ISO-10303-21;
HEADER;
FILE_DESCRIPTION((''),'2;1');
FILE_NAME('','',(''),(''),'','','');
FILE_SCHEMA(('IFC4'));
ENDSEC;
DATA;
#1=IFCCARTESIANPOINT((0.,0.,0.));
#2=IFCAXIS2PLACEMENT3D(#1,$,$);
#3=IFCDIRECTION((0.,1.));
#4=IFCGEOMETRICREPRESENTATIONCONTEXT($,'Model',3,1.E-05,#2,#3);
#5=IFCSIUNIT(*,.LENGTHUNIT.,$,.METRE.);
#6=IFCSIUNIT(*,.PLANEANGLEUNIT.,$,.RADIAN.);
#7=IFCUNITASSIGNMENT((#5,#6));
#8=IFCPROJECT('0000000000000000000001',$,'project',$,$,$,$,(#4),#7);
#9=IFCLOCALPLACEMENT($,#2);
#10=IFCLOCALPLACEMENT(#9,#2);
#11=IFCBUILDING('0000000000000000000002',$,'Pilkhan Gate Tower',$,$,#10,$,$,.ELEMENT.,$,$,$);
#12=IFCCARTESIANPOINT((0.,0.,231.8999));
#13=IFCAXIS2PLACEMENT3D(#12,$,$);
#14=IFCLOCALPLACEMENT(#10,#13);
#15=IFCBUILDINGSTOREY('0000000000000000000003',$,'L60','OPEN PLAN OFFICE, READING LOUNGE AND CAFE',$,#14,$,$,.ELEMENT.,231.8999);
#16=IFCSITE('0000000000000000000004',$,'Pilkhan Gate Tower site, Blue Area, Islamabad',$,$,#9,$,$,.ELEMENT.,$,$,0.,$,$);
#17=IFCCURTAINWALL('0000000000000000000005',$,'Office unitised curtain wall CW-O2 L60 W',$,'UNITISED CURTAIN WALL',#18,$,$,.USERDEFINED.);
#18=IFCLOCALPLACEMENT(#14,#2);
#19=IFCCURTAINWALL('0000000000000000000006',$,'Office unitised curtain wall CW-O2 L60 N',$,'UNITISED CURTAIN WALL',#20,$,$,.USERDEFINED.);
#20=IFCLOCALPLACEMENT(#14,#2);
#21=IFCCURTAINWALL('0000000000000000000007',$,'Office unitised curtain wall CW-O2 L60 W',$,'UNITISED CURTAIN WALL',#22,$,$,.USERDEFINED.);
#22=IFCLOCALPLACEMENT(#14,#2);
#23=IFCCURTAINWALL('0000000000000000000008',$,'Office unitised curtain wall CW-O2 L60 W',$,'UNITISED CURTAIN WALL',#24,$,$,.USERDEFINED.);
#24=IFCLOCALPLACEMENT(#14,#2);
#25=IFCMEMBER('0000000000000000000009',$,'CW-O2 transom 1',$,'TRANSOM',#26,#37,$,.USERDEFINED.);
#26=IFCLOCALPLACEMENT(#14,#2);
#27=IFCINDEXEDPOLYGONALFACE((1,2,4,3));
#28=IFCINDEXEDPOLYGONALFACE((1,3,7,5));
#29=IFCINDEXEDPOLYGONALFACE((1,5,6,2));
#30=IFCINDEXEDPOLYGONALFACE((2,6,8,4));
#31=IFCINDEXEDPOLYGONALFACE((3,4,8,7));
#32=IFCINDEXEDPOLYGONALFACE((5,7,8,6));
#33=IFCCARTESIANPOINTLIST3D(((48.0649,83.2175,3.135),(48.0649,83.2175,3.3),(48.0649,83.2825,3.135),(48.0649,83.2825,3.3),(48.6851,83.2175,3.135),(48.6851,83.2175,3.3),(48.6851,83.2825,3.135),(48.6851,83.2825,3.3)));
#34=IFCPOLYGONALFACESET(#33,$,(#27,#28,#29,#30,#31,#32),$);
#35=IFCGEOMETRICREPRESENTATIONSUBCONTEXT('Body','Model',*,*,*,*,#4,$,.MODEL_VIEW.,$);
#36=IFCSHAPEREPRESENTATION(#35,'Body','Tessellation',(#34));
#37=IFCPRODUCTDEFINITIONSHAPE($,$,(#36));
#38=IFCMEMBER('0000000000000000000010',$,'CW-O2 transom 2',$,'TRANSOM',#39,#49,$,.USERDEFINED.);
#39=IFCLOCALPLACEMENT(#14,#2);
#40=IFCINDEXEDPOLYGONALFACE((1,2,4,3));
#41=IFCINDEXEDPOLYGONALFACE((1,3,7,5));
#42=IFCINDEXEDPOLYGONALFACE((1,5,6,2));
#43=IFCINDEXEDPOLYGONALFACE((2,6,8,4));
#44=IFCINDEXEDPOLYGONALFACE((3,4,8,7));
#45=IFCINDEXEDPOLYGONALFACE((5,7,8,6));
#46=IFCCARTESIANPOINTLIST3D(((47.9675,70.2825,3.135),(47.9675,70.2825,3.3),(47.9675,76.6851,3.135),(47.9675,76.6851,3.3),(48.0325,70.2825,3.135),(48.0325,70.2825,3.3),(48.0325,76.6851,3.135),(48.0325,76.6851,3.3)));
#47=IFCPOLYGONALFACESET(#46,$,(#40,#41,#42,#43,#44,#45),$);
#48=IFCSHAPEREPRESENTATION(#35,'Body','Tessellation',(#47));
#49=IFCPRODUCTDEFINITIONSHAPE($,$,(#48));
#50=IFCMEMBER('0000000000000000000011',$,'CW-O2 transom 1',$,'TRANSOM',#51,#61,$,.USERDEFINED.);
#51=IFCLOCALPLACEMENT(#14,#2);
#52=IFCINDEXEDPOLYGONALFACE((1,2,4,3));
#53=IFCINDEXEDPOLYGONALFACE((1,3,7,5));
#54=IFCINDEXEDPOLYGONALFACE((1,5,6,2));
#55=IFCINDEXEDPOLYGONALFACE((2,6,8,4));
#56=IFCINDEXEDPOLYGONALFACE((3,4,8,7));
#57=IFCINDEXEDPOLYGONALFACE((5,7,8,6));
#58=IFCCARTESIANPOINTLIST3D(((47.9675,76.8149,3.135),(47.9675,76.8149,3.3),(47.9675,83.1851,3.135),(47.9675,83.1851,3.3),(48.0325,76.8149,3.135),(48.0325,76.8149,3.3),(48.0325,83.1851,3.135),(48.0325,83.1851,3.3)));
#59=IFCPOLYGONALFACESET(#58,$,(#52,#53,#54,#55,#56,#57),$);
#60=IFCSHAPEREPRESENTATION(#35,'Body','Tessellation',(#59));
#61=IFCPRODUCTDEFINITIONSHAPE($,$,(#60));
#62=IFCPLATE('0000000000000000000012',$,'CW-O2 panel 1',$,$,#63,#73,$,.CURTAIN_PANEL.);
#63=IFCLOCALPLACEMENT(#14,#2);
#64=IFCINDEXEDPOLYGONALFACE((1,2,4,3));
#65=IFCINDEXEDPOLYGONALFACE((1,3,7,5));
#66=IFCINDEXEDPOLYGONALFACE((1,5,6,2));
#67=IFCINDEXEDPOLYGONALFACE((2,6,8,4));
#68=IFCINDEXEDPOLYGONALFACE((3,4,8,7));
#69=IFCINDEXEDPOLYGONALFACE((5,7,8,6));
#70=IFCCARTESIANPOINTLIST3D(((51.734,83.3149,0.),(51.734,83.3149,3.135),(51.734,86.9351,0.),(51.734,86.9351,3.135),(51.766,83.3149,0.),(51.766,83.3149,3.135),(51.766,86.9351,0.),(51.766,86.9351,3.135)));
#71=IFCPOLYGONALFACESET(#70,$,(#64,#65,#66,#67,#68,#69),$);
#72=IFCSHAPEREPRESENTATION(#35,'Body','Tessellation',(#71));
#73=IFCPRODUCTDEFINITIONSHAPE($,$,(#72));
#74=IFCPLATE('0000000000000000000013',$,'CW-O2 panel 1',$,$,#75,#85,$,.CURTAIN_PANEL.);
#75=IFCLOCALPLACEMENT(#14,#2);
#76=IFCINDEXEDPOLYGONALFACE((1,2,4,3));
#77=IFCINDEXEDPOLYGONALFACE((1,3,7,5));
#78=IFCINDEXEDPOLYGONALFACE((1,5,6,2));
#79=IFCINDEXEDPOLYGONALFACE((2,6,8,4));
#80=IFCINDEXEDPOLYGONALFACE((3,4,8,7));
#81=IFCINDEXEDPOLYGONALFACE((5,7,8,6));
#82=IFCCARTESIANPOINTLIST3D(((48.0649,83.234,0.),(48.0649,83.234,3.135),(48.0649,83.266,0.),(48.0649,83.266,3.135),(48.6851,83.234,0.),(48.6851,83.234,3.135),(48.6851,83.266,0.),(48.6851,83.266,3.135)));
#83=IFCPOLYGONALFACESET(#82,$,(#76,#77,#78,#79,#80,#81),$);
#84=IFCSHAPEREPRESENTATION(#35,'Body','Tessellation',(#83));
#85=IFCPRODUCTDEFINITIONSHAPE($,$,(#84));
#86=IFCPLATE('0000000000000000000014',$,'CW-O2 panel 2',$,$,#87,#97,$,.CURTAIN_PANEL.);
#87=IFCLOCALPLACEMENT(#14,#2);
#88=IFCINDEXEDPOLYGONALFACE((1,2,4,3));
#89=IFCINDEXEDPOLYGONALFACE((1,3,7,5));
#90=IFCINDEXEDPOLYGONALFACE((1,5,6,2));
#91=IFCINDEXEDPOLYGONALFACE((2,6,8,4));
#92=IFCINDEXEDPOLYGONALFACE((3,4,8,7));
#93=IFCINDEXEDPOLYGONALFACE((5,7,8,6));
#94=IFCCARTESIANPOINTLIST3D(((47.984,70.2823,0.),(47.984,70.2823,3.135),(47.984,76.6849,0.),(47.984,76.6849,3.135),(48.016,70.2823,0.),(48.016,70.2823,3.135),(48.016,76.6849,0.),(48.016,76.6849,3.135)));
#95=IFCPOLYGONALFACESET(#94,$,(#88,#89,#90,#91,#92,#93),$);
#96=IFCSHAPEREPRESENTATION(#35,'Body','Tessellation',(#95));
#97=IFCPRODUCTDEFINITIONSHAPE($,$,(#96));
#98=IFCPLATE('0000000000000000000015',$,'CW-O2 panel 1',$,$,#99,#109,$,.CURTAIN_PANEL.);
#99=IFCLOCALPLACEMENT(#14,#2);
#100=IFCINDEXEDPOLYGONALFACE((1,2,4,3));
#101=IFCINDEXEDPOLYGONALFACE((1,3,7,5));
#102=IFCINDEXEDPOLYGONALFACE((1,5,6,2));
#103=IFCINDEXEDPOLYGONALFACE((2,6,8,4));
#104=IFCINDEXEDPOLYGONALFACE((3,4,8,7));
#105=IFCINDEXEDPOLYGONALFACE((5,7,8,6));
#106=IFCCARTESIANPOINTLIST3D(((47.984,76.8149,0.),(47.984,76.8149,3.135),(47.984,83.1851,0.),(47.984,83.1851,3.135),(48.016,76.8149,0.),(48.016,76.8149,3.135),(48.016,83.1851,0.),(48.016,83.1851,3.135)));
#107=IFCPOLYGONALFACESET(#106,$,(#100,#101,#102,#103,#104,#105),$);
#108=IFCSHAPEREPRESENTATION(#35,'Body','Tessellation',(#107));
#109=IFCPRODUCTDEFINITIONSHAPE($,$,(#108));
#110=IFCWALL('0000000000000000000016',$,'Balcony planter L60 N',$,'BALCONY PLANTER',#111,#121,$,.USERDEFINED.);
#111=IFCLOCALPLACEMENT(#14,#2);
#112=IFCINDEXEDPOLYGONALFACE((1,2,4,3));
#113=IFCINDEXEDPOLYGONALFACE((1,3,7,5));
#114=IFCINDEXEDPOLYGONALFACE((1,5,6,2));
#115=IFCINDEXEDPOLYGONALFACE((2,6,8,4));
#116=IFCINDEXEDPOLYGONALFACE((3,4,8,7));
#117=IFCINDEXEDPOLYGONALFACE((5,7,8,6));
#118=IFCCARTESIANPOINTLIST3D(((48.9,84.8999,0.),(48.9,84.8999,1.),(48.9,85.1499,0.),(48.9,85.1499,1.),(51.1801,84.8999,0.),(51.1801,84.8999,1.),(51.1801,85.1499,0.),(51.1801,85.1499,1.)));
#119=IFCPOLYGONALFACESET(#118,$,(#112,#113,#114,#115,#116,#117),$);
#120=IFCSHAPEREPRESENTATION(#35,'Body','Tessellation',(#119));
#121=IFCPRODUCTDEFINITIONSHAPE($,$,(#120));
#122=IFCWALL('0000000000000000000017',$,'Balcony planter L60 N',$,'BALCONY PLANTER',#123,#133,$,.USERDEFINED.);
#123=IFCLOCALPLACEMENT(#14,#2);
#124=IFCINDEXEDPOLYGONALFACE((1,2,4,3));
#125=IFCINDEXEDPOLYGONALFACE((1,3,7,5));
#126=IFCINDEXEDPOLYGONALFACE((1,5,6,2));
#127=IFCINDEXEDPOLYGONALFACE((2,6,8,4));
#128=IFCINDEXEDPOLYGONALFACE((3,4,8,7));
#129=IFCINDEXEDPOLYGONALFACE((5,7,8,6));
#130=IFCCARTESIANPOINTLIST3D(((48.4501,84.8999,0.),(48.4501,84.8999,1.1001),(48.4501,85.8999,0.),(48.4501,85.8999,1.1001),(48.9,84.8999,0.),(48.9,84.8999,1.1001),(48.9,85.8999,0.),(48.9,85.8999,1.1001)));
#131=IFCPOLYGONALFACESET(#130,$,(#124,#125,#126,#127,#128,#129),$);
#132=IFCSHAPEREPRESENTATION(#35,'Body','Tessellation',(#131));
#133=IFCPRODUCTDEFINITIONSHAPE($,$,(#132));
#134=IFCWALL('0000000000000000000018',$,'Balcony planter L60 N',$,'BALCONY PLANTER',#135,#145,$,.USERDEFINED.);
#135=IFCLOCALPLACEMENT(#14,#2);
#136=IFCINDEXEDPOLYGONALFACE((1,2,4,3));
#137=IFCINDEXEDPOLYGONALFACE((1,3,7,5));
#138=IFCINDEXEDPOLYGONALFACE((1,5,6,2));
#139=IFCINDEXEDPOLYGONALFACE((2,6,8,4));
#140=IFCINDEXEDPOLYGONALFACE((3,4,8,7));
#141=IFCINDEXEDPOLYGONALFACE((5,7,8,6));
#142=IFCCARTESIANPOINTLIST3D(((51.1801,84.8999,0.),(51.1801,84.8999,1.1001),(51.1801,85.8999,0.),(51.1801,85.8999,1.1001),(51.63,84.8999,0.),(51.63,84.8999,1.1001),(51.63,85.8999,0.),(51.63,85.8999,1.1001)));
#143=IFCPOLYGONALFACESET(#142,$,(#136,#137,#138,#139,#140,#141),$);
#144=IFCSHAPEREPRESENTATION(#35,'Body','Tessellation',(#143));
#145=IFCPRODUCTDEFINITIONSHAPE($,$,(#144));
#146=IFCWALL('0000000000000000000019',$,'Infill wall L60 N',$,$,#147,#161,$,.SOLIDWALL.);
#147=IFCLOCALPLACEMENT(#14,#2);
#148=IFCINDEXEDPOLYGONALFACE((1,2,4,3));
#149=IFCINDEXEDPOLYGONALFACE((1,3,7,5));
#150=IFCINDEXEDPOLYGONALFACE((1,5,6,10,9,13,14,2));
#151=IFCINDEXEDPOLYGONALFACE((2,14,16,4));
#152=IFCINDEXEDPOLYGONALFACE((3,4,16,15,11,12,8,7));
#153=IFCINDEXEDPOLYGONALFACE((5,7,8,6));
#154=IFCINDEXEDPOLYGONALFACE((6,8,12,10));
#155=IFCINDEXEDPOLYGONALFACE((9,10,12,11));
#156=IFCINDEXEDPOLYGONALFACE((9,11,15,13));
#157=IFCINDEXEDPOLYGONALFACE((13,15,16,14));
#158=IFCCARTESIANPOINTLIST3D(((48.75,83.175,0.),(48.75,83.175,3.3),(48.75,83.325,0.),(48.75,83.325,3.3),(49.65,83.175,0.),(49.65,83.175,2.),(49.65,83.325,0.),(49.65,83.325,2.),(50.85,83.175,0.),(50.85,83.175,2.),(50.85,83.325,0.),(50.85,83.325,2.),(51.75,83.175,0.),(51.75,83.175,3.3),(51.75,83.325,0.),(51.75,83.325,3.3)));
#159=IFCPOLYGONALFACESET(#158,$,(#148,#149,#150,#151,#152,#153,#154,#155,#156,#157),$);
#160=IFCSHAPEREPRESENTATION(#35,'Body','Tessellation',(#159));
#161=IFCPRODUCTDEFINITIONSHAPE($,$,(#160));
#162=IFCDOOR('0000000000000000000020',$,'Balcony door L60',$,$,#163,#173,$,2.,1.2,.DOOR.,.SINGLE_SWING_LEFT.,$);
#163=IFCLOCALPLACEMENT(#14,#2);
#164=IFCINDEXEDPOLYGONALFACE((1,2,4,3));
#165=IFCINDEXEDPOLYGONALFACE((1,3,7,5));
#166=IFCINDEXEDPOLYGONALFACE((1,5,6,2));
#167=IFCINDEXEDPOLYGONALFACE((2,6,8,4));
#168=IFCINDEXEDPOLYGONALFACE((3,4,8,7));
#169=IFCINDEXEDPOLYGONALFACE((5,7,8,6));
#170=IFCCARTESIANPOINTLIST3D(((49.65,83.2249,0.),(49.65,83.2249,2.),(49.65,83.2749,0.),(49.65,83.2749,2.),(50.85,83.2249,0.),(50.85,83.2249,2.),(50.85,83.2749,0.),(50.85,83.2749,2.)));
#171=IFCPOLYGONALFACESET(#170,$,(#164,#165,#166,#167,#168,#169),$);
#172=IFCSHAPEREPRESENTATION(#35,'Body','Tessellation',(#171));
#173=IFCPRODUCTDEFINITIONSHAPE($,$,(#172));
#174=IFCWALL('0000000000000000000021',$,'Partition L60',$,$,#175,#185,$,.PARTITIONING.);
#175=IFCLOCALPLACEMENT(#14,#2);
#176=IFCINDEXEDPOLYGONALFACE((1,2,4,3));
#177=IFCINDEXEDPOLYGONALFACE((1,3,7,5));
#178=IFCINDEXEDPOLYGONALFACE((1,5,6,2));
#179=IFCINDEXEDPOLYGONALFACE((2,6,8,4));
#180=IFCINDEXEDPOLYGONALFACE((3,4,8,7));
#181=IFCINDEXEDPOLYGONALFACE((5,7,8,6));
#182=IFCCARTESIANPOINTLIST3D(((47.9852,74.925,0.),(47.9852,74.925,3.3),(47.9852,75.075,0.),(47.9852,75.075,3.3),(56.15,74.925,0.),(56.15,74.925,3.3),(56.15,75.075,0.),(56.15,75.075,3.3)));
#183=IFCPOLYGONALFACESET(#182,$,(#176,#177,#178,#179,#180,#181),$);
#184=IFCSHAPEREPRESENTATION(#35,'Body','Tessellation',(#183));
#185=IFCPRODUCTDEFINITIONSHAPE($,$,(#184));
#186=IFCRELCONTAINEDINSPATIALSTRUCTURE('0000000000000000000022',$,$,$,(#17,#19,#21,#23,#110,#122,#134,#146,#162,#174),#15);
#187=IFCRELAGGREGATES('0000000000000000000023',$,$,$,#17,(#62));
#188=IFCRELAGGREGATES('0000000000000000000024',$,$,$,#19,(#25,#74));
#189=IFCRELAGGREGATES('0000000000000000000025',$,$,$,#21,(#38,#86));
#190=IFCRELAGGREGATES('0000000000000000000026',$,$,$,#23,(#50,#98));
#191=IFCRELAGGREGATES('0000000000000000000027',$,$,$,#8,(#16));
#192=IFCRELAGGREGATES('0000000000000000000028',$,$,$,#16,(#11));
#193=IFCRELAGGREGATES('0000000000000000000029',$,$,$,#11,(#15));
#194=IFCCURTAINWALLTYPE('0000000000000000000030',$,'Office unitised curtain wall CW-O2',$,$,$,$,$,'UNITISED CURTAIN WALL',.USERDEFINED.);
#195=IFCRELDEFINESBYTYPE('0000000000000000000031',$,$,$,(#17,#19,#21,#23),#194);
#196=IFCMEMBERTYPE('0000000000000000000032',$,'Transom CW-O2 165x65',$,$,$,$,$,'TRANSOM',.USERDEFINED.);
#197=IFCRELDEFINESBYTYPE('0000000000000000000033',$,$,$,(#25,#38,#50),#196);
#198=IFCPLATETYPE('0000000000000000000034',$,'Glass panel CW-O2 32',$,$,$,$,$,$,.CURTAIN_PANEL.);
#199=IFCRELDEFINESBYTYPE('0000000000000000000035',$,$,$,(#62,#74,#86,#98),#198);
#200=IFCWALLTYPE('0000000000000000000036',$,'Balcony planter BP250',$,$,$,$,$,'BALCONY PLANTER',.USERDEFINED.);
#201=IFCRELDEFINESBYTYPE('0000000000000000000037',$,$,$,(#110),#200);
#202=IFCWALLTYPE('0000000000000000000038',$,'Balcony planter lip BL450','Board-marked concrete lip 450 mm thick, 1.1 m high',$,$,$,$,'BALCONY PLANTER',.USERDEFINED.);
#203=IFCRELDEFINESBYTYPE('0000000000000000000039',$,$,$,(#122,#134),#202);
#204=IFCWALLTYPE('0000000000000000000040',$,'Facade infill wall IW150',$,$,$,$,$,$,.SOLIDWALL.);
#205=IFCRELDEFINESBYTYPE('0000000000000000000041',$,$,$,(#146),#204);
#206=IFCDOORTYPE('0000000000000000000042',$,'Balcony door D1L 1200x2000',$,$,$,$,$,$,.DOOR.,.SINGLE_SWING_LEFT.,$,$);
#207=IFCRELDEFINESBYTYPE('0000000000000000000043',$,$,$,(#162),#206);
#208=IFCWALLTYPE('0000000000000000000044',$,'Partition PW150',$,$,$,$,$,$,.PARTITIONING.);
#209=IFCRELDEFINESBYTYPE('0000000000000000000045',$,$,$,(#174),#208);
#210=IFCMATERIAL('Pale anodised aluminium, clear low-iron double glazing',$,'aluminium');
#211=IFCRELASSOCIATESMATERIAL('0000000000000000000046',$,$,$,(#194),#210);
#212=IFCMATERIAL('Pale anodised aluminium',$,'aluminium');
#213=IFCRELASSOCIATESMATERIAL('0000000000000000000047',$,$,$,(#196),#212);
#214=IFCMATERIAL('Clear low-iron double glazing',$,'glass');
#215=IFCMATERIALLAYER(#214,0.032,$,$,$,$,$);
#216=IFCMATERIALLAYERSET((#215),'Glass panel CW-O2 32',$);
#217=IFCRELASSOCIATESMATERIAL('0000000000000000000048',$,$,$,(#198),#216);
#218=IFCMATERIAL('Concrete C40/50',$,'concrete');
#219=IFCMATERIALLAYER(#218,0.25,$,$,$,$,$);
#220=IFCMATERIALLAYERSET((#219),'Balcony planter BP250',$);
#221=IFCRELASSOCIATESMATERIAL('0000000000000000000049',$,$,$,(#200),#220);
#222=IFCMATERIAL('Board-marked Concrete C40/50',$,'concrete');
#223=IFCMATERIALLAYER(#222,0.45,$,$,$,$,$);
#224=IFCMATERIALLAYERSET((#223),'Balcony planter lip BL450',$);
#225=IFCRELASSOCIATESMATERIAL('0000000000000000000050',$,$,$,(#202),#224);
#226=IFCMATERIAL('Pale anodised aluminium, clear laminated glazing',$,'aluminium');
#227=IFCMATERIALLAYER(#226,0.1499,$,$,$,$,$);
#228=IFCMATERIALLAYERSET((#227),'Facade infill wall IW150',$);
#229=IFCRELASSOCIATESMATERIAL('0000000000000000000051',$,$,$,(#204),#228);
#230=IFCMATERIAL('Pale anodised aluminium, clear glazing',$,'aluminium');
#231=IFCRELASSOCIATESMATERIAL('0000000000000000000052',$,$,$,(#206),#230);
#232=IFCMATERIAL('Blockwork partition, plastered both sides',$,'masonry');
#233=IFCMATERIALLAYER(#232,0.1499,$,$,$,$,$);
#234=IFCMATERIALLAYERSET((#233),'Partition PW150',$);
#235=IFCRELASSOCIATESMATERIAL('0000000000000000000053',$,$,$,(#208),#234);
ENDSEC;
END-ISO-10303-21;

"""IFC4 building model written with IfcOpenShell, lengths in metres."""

from ifc_helpers import new_model, si_unit, direction, frame, frame_2d, origin, origin_2d, place, context, subcontext, project, spatial, rectangle, extrude, material, layer, layer_set, material_profile, profile_set, type_object, element, fill, aggregate, save


model = new_model("IFC4")

# Units and contexts
model_context = context("Model", 3, precision=1e-05, world=origin(), true_north=direction((0.0, 1.0)))
body_context = subcontext(model_context, "Body", "Model", "MODEL_VIEW")
ifc_project = project(units=[si_unit("LENGTHUNIT", "METRE"), si_unit("PLANEANGLEUNIT", "RADIAN")], contexts=[model_context])

# Site, building, storey
site_placement = place(None, origin())
site = spatial("IfcSite", under=ifc_project, at=site_placement, Name="Pilkhan Gate Tower site, Blue Area, Islamabad", CompositionType="ELEMENT", RefElevation=0.0)
building_placement = place(site_placement, origin())
building = spatial("IfcBuilding", under=site, at=building_placement, Name="Pilkhan Gate Tower", CompositionType="ELEMENT")
storey_placement = place(building_placement, frame((0.0, 0.0, 231.8999)))
storey = spatial("IfcBuildingStorey", under=building, at=storey_placement, Name="L60", Description="OPEN PLAN OFFICE, READING LOUNGE AND CAFE", CompositionType="ELEMENT", Elevation=231.8999)

# Curtain wall
ifc_material_1 = material(Name="Pale anodised aluminium, clear low-iron double glazing", Category="aluminium")
curtain_wall_type = type_object("IfcCurtainWallType", Name="Office unitised curtain wall CW-O2", ElementType="UNITISED CURTAIN WALL", PredefinedType="USERDEFINED", material=ifc_material_1)
curtain_wall_1_placement = place(storey_placement, origin())
curtain_wall_1 = element("IfcCurtainWall", 1, at=curtain_wall_1_placement, inside=storey, type_object=curtain_wall_type, Name="Office unitised curtain wall CW-O2 L60 W", ObjectType="UNITISED CURTAIN WALL", PredefinedType="USERDEFINED")
ifc_material_2 = material(Name="Pale anodised aluminium", Category="aluminium")

# Curtain walls
curtain_wall_2_placement = place(storey_placement, origin())
curtain_wall_2 = element("IfcCurtainWall", 2, at=curtain_wall_2_placement, inside=storey, type_object=curtain_wall_type, Name="Office unitised curtain wall CW-O2 L60 N", ObjectType="UNITISED CURTAIN WALL", PredefinedType="USERDEFINED")
curtain_wall_3_placement = place(storey_placement, origin())
curtain_wall_3 = element("IfcCurtainWall", 3, at=curtain_wall_3_placement, inside=storey, type_object=curtain_wall_type, Name="Office unitised curtain wall CW-O2 L60 W", ObjectType="UNITISED CURTAIN WALL", PredefinedType="USERDEFINED")
curtain_wall_4_placement = place(storey_placement, origin())
curtain_wall_4 = element("IfcCurtainWall", 4, at=curtain_wall_4_placement, inside=storey, type_object=curtain_wall_type, Name="Office unitised curtain wall CW-O2 L60 W", ObjectType="UNITISED CURTAIN WALL", PredefinedType="USERDEFINED")

# Members
ifc_material_profile_1 = material_profile(ifc_material_2, rectangle(XDim=0.0649, YDim=0.165, at=origin_2d()), Name="Transom 165x65")
ifc_profile_set_1 = profile_set([ifc_material_profile_1], Name="Pale anodised aluminium")
member_type_1 = type_object("IfcMemberType", Name="Transom CW-O2 165x65", ElementType="TRANSOM", PredefinedType="USERDEFINED", material=ifc_profile_set_1)
member_1_placement = place(storey_placement, frame((48.0649, 83.25, 3.2175), z_axis=(1.0, 0.0, 0.0), x_axis=(0.0, 1.0, 0.0)))
member_1 = element("IfcMember", 5, at=member_1_placement, type_object=member_type_1, Name="CW-O2 transom 1", ObjectType="TRANSOM", PredefinedType="USERDEFINED", context=body_context, shape_type="SweptSolid", body=[
    extrude(rectangle(XDim=0.0649, YDim=0.165, at=origin_2d()), origin(), (0.0, 0.0, 1.0), 0.6201),
])
member_2_placement = place(storey_placement, frame((48.0, 70.2825, 3.2175), z_axis=(0.0, 1.0, 0.0), x_axis=(-1.0, 0.0, 0.0)))
member_2 = element("IfcMember", 6, at=member_2_placement, type_object=member_type_1, Name="CW-O2 transom 2", ObjectType="TRANSOM", PredefinedType="USERDEFINED", context=body_context, shape_type="SweptSolid", body=[
    extrude(rectangle(XDim=0.0649, YDim=0.165, at=origin_2d()), origin(), (0.0, 0.0, 1.0), 6.4026),
])
member_3_placement = place(storey_placement, frame((48.0, 76.8149, 3.2175), z_axis=(0.0, 1.0, 0.0), x_axis=(-1.0, 0.0, 0.0)))
member_3 = element("IfcMember", 7, at=member_3_placement, type_object=member_type_1, Name="CW-O2 transom 1", ObjectType="TRANSOM", PredefinedType="USERDEFINED", context=body_context, shape_type="SweptSolid", body=[
    extrude(rectangle(XDim=0.0649, YDim=0.165, at=origin_2d()), origin(), (0.0, 0.0, 1.0), 6.3701),
])

# Plates
ifc_material_3 = material(Name="Clear low-iron double glazing", Category="glass")
ifc_layer_1 = layer(ifc_material_3, 0.032)
ifc_layer_set_1 = layer_set([ifc_layer_1], Name="Glass panel CW-O2 32")
plate_type = type_object("IfcPlateType", Name="Glass panel CW-O2 32", PredefinedType="CURTAIN_PANEL", material=ifc_layer_set_1)
plate_1_placement = place(storey_placement, frame((51.75, 85.125, 0.0), z_axis=(0.0, 0.0, 1.0), x_axis=(0.0, 1.0, 0.0)))
plate_1 = element("IfcPlate", 8, at=plate_1_placement, type_object=plate_type, Name="CW-O2 panel 1", PredefinedType="CURTAIN_PANEL", context=body_context, shape_type="SweptSolid", body=[
    extrude(rectangle(XDim=3.6201, YDim=0.032, at=origin_2d()), origin(), (0.0, 0.0, 1.0), 3.135),
])
aggregate(curtain_wall_1, [plate_1])
plate_2_placement = place(storey_placement, frame((48.375, 83.25, 0.0), z_axis=(0.0, 0.0, 1.0), x_axis=(1.0, 0.0, 0.0)))
plate_2 = element("IfcPlate", 9, at=plate_2_placement, type_object=plate_type, Name="CW-O2 panel 1", PredefinedType="CURTAIN_PANEL", context=body_context, shape_type="SweptSolid", body=[
    extrude(rectangle(XDim=0.6201, YDim=0.032, at=origin_2d()), origin(), (0.0, 0.0, 1.0), 3.135),
])
aggregate(curtain_wall_2, [member_1, plate_2])
plate_3_placement = place(storey_placement, frame((48.0, 73.4836, 0.0), z_axis=(0.0, 0.0, 1.0), x_axis=(0.0, 1.0, 0.0)))
plate_3 = element("IfcPlate", 10, at=plate_3_placement, type_object=plate_type, Name="CW-O2 panel 2", PredefinedType="CURTAIN_PANEL", context=body_context, shape_type="SweptSolid", body=[
    extrude(rectangle(XDim=6.4026, YDim=0.032, at=origin_2d()), origin(), (0.0, 0.0, 1.0), 3.135),
])
aggregate(curtain_wall_3, [member_2, plate_3])
plate_4_placement = place(storey_placement, frame((48.0, 80.0, 0.0), z_axis=(0.0, 0.0, 1.0), x_axis=(0.0, 1.0, 0.0)))
plate_4 = element("IfcPlate", 11, at=plate_4_placement, type_object=plate_type, Name="CW-O2 panel 1", PredefinedType="CURTAIN_PANEL", context=body_context, shape_type="SweptSolid", body=[
    extrude(rectangle(XDim=6.3701, YDim=0.032, at=origin_2d()), origin(), (0.0, 0.0, 1.0), 3.135),
])
aggregate(curtain_wall_4, [member_3, plate_4])

# Walls
ifc_material_4 = material(Name="Concrete C40/50", Category="concrete")
ifc_layer_2 = layer(ifc_material_4, 0.25)
ifc_layer_set_2 = layer_set([ifc_layer_2], Name="Balcony planter BP250")
wall_type_1 = type_object("IfcWallType", Name="Balcony planter BP250", ElementType="BALCONY PLANTER", PredefinedType="USERDEFINED", material=ifc_layer_set_2)
wall_1_placement = place(storey_placement, frame((48.8999, 85.0249, 0.0), z_axis=(0.0, 0.0, 1.0), x_axis=(1.0, 0.0, 0.0)))
element("IfcWall", 12, at=wall_1_placement, inside=storey, type_object=wall_type_1, Name="Balcony planter L60 N", ObjectType="BALCONY PLANTER", PredefinedType="USERDEFINED", context=body_context, shape_type="SweptSolid", body=[
    extrude(rectangle(XDim=2.28, YDim=0.25, at=frame_2d((1.1401, 0.0))), origin(), (0.0, 0.0, 1.0), 1.0),
])
ifc_material_5 = material(Name="Board-marked Concrete C40/50", Category="concrete")
ifc_layer_3 = layer(ifc_material_5, 0.45)
ifc_layer_set_3 = layer_set([ifc_layer_3], Name="Balcony planter lip BL450")
wall_type_2 = type_object("IfcWallType", Name="Balcony planter lip BL450", Description="Board-marked concrete lip 450 mm thick, 1.1 m high", ElementType="BALCONY PLANTER", PredefinedType="USERDEFINED", material=ifc_layer_set_3)
for number, where, z_axis, x_axis, name in (
    (13, (48.675, 84.8999, 0.0), (0.0, 0.0, 1.0), (0.0, 1.0, 0.0), "Balcony planter L60 N"),
    (14, (51.405, 84.8999, 0.0), (0.0, 0.0, 1.0), (0.0, 1.0, 0.0), "Balcony planter L60 N"),
):
    element("IfcWall", number, at=place(storey_placement, frame(where, z_axis=z_axis, x_axis=x_axis)), inside=storey, type_object=wall_type_2, Name=name, ObjectType="BALCONY PLANTER", PredefinedType="USERDEFINED", context=body_context, shape_type="SweptSolid", body=[
        extrude(rectangle(XDim=1.0, YDim=0.45, at=frame_2d((0.5, 0.0))), origin(), (0.0, 0.0, 1.0), 1.1001),
    ])

# Wall, opening, door
ifc_material_6 = material(Name="Pale anodised aluminium, clear laminated glazing", Category="aluminium")
ifc_layer_4 = layer(ifc_material_6, 0.1499)
ifc_layer_set_4 = layer_set([ifc_layer_4], Name="Facade infill wall IW150")
wall_type_3 = type_object("IfcWallType", Name="Facade infill wall IW150", PredefinedType="SOLIDWALL", material=ifc_layer_set_4)
wall_2_placement = place(storey_placement, frame((48.75, 83.25, 0.0), z_axis=(0.0, 0.0, 1.0), x_axis=(1.0, 0.0, 0.0)))
wall_2 = element("IfcWall", 15, at=wall_2_placement, inside=storey, type_object=wall_type_3, Name="Infill wall L60 N", PredefinedType="SOLIDWALL", context=body_context, shape_type="SweptSolid", body=[
    extrude(rectangle(XDim=3.0, YDim=0.1499, at=frame_2d((1.5, 0.0))), origin(), (0.0, 0.0, 1.0), 3.3),
])
opening_placement = place(wall_2_placement, frame((0.8999, 0.0, 0.0)))
opening = element("IfcOpeningElement", 16, at=opening_placement, cuts=wall_2, PredefinedType="OPENING", context=body_context, shape_type="SweptSolid", body=[
    extrude(rectangle(XDim=1.2, YDim=2.0, at=frame_2d((0.6001, 1.0))), frame((0.0, 0.085, 0.0), z_axis=(0.0, -1.0, 0.0), x_axis=(1.0, 0.0, 0.0)), (0.0, 0.0, 1.0), 0.1699),
])
ifc_material_7 = material(Name="Pale anodised aluminium, clear glazing", Category="aluminium")
door_type = type_object("IfcDoorType", Name="Balcony door D1L 1200x2000", OperationType="SINGLE_SWING_LEFT", PredefinedType="DOOR", material=ifc_material_7)
door_placement = place(opening_placement, origin())
door = element("IfcDoor", 17, at=door_placement, inside=storey, type_object=door_type, Name="Balcony door L60", OperationType="SINGLE_SWING_LEFT", OverallHeight=2.0, OverallWidth=1.2, PredefinedType="DOOR", context=body_context, shape_type="SweptSolid", body=[
    extrude(rectangle(XDim=1.2, YDim=2.0, at=frame_2d((0.6001, 1.0))), frame((0.0, 0.0249, 0.0), z_axis=(0.0, -1.0, 0.0), x_axis=(1.0, 0.0, 0.0)), (0.0, 0.0, 1.0), 0.05),
])
fill(opening, door)

# Wall
ifc_material_8 = material(Name="Blockwork partition, plastered both sides", Category="masonry")
ifc_layer_5 = layer(ifc_material_8, 0.1499)
ifc_layer_set_5 = layer_set([ifc_layer_5], Name="Partition PW150")
wall_type_4 = type_object("IfcWallType", Name="Partition PW150", PredefinedType="PARTITIONING", material=ifc_layer_set_5)
wall_3_placement = place(storey_placement, frame((47.9851, 75.0, 0.0), z_axis=(0.0, 0.0, 1.0), x_axis=(1.0, 0.0, 0.0)))
element("IfcWall", 18, at=wall_3_placement, inside=storey, type_object=wall_type_4, Name="Partition L60", PredefinedType="PARTITIONING", context=body_context, shape_type="SweptSolid", body=[
    extrude(rectangle(XDim=8.1648, YDim=0.1499, at=frame_2d((4.0825, 0.0))), origin(), (0.0, 0.0, 1.0), 3.3),
])

save(model, "model.ifc")
